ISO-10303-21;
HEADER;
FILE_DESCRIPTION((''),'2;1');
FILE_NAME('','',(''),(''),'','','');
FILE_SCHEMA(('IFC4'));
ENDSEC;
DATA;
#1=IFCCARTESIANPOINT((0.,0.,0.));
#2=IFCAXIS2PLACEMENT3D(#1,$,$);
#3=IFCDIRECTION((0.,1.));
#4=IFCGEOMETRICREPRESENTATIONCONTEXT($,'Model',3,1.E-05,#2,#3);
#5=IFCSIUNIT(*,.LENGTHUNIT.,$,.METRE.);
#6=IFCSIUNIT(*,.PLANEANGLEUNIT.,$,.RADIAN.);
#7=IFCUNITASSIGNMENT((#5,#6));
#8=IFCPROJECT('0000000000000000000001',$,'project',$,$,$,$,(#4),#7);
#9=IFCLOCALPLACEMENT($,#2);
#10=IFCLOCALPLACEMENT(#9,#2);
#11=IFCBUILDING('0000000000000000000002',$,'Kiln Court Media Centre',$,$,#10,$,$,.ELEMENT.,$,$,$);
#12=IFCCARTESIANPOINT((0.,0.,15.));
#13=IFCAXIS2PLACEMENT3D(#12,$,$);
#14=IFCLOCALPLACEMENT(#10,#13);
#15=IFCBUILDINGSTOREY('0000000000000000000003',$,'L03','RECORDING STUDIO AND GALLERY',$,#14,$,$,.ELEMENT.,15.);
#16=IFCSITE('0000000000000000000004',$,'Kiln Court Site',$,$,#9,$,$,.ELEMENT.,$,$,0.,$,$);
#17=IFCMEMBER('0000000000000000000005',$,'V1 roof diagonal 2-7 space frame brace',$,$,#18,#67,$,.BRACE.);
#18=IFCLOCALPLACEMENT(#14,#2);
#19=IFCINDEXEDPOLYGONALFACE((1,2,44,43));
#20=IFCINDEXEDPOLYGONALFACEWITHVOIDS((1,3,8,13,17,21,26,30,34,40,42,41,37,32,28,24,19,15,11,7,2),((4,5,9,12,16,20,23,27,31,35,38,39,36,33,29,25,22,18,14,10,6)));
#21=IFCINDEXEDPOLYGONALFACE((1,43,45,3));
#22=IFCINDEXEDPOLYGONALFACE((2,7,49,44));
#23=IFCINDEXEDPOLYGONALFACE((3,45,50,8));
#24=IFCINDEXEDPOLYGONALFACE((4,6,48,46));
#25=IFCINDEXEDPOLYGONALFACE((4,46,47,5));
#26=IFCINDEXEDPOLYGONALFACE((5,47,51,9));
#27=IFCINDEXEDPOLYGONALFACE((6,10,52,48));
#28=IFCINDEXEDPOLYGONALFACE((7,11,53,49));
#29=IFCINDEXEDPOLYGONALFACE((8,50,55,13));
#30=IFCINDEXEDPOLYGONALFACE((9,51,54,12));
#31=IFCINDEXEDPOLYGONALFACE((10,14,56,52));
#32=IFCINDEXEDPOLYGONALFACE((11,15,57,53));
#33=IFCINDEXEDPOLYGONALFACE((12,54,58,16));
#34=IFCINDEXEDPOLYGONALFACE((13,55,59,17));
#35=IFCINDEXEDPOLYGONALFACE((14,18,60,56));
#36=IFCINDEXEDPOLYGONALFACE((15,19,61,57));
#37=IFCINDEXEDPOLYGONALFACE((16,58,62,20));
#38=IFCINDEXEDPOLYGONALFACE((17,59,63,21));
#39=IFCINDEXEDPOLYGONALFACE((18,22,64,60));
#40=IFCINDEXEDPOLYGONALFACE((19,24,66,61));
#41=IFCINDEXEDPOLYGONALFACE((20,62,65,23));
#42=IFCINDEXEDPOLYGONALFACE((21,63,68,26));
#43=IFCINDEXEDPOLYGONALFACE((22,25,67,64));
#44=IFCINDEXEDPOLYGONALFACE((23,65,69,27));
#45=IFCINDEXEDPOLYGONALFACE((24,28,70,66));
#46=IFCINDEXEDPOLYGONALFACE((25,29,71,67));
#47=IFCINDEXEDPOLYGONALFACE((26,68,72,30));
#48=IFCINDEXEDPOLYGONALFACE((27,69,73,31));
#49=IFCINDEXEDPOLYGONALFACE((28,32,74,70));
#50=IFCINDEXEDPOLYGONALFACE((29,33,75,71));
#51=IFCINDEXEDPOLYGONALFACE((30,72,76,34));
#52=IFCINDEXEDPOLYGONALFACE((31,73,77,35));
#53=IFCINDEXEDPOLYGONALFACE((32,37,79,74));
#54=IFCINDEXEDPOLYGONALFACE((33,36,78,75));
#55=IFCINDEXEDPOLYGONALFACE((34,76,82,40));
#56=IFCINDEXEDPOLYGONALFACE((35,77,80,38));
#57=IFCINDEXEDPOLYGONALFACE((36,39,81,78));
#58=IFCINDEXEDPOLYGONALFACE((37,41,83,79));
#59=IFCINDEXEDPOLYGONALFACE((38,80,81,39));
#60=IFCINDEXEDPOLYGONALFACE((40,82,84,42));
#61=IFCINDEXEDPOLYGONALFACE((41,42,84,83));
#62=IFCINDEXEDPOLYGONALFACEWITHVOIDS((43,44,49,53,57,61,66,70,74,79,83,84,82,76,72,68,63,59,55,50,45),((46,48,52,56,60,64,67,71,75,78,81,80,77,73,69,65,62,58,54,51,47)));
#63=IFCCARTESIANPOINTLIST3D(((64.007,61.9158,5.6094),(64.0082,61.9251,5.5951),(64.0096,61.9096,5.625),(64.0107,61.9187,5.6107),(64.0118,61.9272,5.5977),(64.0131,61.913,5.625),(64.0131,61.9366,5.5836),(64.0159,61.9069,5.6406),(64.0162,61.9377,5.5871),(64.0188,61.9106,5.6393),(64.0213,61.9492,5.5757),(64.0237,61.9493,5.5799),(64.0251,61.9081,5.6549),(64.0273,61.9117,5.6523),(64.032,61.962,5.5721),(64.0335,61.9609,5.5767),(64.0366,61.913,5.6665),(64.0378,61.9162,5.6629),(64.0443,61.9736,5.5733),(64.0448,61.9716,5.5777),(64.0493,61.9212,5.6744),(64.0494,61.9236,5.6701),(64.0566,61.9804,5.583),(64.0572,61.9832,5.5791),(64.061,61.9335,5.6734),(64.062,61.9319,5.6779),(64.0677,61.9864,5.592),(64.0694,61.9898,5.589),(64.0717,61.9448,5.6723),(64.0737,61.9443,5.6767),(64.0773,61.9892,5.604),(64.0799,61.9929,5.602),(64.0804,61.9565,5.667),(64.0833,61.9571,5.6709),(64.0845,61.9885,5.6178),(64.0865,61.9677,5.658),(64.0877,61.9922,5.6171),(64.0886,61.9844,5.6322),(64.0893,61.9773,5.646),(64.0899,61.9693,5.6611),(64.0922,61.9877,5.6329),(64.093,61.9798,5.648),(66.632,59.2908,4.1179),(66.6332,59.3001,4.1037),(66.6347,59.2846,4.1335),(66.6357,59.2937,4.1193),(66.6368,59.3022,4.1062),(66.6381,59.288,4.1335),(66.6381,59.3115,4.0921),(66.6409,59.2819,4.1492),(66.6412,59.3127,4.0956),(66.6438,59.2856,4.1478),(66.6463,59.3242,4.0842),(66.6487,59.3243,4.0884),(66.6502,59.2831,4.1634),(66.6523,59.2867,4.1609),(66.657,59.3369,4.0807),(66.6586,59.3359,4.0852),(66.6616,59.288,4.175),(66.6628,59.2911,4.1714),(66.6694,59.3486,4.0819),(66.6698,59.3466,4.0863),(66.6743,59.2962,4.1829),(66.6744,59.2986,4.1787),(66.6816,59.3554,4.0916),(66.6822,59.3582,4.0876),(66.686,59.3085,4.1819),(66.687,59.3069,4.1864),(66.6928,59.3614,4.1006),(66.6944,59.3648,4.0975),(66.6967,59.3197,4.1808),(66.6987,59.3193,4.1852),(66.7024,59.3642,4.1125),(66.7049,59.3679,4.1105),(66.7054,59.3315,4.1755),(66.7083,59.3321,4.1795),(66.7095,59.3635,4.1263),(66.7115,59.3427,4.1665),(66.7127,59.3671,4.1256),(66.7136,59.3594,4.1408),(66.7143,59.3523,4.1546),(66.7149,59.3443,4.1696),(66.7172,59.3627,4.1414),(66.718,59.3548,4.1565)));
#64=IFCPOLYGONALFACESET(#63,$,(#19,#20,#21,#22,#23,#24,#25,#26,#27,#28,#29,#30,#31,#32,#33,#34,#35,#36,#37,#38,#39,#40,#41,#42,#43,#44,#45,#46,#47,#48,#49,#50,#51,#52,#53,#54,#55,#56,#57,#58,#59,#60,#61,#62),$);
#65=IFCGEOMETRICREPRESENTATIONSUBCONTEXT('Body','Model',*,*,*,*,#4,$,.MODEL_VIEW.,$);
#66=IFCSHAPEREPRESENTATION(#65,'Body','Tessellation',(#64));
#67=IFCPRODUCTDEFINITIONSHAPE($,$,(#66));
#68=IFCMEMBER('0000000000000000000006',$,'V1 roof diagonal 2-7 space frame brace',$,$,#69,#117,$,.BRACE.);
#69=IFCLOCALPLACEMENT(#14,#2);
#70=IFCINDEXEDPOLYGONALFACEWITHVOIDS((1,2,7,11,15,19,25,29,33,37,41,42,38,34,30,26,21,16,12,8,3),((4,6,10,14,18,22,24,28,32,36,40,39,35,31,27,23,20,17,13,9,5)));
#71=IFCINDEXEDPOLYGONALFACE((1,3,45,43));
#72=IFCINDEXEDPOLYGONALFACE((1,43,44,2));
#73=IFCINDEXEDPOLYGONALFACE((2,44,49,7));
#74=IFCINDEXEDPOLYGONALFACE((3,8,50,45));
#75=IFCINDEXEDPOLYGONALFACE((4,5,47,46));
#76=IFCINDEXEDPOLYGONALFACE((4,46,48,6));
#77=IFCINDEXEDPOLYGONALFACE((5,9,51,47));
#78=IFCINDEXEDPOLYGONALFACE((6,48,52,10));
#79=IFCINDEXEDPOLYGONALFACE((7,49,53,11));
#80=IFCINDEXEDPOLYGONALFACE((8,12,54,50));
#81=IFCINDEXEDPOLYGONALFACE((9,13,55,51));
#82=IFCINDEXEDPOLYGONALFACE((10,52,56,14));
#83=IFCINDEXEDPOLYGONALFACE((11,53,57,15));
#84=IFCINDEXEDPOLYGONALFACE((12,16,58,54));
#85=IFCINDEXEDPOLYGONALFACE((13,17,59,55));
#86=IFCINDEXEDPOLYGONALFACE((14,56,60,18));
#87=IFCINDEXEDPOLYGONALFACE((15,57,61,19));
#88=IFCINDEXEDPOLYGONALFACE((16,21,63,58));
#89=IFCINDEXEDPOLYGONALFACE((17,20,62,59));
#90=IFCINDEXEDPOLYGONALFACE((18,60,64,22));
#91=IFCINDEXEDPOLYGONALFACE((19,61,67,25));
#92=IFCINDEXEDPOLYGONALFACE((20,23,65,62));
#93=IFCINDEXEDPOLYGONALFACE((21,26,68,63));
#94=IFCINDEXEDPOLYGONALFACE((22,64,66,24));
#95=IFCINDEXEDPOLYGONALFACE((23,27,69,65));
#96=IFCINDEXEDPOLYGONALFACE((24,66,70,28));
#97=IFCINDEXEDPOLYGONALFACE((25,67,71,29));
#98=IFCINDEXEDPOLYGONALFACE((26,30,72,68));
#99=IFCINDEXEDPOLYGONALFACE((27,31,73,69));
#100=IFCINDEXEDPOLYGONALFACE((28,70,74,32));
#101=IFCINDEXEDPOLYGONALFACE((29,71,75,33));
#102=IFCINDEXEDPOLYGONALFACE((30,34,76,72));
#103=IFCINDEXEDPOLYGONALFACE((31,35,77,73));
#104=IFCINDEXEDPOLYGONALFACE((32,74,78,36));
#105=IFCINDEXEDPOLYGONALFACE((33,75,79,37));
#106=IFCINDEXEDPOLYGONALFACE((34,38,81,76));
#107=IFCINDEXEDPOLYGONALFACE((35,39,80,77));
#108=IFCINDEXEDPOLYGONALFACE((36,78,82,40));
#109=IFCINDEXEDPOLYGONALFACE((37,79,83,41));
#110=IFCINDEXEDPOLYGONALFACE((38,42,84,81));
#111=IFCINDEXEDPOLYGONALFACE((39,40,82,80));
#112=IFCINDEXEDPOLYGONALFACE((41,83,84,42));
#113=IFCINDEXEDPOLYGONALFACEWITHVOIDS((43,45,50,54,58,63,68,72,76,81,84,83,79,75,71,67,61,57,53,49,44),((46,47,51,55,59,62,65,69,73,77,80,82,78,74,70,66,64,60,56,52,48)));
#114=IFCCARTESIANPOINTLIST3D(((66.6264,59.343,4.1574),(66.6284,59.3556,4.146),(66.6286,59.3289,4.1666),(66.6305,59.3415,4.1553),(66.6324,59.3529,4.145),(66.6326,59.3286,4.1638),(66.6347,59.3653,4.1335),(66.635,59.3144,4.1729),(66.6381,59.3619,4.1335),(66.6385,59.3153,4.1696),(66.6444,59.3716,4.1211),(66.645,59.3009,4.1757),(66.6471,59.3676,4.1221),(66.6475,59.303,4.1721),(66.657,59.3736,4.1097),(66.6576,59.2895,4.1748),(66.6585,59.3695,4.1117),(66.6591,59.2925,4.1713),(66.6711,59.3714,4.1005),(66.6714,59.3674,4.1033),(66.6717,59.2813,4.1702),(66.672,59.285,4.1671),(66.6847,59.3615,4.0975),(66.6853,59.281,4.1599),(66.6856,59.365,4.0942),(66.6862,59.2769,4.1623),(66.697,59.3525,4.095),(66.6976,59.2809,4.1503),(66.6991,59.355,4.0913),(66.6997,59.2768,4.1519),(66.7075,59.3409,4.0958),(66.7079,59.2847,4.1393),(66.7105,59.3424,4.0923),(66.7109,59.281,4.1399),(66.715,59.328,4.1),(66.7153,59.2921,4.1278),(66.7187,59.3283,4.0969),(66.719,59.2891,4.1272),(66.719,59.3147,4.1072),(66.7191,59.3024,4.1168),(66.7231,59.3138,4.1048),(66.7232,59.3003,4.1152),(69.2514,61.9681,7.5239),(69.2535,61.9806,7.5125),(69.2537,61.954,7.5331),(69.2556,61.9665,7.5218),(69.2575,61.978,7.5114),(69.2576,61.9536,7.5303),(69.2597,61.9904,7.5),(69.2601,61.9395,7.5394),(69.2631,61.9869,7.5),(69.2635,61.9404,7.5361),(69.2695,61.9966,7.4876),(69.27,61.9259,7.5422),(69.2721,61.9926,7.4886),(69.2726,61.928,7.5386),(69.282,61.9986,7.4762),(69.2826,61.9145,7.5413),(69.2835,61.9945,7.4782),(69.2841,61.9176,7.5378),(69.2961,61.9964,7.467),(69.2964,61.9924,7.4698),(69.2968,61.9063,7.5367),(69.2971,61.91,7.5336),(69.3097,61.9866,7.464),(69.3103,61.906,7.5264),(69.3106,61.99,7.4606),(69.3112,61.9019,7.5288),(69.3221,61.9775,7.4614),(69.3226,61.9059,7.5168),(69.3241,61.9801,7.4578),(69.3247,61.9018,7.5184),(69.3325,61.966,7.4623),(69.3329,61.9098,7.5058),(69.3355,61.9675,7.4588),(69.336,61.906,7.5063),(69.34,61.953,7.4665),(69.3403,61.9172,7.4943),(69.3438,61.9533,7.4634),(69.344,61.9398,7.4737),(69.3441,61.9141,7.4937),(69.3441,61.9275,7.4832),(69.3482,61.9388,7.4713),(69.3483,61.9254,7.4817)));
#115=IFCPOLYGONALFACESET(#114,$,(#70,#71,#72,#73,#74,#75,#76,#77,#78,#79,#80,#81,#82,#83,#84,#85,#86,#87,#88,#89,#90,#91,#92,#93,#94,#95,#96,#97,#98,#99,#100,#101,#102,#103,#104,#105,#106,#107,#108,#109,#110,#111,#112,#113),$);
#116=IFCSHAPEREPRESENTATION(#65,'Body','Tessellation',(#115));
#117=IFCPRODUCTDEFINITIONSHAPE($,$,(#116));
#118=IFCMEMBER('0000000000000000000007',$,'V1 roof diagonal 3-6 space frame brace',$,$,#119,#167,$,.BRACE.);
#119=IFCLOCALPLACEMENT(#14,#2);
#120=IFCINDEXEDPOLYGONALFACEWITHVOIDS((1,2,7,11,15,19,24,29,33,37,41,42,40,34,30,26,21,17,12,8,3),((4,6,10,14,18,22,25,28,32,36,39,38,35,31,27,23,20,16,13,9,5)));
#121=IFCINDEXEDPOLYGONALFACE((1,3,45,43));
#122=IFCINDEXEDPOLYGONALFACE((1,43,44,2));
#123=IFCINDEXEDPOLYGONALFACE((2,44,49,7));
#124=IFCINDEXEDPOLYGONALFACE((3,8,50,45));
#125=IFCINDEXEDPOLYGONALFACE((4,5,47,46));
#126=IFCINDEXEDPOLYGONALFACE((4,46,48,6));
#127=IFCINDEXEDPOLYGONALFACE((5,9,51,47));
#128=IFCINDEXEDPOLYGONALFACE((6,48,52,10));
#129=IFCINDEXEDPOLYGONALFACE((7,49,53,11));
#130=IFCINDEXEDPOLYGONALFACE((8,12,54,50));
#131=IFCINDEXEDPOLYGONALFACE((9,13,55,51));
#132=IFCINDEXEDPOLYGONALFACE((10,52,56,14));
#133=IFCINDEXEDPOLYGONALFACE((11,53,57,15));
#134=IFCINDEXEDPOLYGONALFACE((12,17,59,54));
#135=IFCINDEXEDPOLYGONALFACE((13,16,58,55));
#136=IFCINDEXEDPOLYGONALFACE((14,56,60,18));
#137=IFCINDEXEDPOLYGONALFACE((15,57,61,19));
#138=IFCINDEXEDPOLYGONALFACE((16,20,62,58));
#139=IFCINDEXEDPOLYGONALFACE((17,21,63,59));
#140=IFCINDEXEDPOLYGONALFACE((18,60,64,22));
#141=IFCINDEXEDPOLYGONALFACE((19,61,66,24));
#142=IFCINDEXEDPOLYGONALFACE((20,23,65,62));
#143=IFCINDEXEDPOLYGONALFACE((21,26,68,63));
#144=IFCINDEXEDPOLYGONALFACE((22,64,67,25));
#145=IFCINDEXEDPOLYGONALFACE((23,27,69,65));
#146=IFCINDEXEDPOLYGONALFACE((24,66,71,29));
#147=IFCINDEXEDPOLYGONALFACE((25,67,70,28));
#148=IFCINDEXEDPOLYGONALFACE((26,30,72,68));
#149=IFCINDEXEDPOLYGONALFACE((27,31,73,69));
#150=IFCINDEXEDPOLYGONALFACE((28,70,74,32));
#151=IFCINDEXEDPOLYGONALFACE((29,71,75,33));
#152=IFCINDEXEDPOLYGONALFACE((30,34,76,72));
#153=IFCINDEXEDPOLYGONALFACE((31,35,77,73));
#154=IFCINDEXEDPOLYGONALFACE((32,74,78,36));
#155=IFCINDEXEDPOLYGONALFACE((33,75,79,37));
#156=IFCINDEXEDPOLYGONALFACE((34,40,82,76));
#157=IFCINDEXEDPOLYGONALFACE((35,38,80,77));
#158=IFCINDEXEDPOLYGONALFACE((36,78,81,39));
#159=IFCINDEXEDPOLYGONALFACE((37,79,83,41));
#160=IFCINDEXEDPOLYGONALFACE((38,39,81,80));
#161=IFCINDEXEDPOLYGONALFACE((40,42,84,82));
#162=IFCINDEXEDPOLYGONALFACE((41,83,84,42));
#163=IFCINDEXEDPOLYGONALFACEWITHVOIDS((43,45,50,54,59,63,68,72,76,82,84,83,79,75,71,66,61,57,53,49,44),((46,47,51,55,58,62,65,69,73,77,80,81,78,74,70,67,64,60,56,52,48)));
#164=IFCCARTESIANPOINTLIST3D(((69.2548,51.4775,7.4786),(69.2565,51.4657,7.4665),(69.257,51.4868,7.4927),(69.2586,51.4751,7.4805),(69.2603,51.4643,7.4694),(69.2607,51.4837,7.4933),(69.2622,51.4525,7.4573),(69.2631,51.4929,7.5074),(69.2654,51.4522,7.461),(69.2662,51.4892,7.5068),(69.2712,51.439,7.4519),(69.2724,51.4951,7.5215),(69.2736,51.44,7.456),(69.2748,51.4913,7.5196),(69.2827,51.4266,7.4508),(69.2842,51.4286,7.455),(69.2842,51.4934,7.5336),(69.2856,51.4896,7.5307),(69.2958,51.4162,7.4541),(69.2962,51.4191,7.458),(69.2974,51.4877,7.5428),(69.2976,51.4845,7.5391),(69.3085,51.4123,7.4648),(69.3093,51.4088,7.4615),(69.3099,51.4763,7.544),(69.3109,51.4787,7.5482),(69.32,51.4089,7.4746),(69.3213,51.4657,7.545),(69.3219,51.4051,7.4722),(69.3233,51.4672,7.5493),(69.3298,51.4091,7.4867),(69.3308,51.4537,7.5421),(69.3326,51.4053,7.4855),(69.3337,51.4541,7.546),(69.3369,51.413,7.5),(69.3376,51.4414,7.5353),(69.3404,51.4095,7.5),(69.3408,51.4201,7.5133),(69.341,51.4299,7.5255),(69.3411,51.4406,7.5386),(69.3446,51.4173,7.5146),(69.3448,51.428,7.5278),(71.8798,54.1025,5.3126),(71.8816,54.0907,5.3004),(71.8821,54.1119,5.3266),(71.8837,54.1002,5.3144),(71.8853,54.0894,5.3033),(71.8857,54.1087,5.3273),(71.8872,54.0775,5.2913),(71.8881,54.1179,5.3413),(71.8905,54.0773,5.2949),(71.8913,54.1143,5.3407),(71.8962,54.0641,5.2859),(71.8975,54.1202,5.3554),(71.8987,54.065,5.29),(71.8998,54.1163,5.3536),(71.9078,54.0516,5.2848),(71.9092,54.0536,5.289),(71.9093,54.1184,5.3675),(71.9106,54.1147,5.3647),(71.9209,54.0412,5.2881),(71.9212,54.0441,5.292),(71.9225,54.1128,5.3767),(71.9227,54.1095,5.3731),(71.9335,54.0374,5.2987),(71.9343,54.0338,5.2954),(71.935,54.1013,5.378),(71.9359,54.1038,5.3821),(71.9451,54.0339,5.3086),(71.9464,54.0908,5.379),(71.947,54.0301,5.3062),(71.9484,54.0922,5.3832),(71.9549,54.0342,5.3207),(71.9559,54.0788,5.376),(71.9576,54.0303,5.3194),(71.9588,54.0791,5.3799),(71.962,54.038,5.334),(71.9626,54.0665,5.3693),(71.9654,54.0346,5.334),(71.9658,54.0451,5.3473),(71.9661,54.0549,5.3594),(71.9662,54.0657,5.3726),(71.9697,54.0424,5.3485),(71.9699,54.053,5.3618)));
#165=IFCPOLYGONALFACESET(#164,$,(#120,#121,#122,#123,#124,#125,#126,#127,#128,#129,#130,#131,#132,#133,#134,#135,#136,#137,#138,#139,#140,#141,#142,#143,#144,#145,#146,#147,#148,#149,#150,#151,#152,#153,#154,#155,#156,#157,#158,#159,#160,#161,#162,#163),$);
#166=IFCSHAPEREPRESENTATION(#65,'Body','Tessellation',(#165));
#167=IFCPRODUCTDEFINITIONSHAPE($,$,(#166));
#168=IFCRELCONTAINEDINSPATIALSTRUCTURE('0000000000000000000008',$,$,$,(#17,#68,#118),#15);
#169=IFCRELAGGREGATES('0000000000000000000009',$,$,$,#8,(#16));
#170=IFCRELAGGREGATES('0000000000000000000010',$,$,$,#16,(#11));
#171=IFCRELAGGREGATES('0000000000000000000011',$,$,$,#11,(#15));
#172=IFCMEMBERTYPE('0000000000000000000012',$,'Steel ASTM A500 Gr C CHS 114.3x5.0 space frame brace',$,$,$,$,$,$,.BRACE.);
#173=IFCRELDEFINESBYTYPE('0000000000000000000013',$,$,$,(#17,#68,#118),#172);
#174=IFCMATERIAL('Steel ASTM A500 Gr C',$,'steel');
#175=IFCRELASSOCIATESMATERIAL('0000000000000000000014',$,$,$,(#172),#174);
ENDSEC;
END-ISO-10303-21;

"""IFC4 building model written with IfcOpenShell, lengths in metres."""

from ifc_helpers import new_model, si_unit, direction, frame, origin, origin_2d, place, context, subcontext, project, spatial, hollow_circle, extrude, material, material_profile, profile_set, type_object, element, save


model = new_model("IFC4")

# Units and contexts
model_context = context("Model", 3, precision=1e-05, world=origin(), true_north=direction((0.0, 1.0)))
body_context = subcontext(model_context, "Body", "Model", "MODEL_VIEW")
ifc_project = project(units=[si_unit("LENGTHUNIT", "METRE"), si_unit("PLANEANGLEUNIT", "RADIAN")], contexts=[model_context])

# Site, building, storey
site_placement = place(None, origin())
site = spatial("IfcSite", under=ifc_project, at=site_placement, Name="Kiln Court Site", CompositionType="ELEMENT", RefElevation=0.0)
building_placement = place(site_placement, origin())
building = spatial("IfcBuilding", under=site, at=building_placement, Name="Kiln Court Media Centre", CompositionType="ELEMENT")
storey_placement = place(building_placement, frame((0.0, 0.0, 15.0)))
storey = spatial("IfcBuildingStorey", under=building, at=storey_placement, Name="L03", Description="RECORDING STUDIO AND GALLERY", CompositionType="ELEMENT", Elevation=15.0)

# Members
ifc_material_1 = material(Name="Steel ASTM A500 Gr C", Category="steel")
ifc_material_profile_1 = material_profile(ifc_material_1, hollow_circle(Radius=0.0571, WallThickness=0.0049, at=origin_2d()), Name="CHS 114.3x5.0")
ifc_profile_set_1 = profile_set([ifc_material_profile_1], Name="Steel ASTM A500 Gr C")
member_type_1 = type_object("IfcMemberType", Name="Steel ASTM A500 Gr C CHS 114.3x5.0 space frame brace", PredefinedType="BRACE", material=ifc_profile_set_1)
member_1_placement = place(storey_placement, frame((66.675, 59.325, 4.1335), z_axis=(-0.656133, 0.656133, 0.372798), x_axis=(-0.707107, -0.707107, 0.0)))
element("IfcMember", 1, at=member_1_placement, inside=storey, type_object=member_type_1, Name="V1 roof diagonal 2-7 space frame brace", PredefinedType="BRACE", context=body_context, shape_type="SweptSolid", body=[
    extrude(hollow_circle(Radius=0.0571, WallThickness=0.0049, at=origin_2d()), origin(), (0.0, 0.0, 1.0), 4.0007),
])
member_2_placement = place(storey_placement, frame((66.675, 59.325, 4.1335), z_axis=(0.523804, 0.523804, 0.671758), x_axis=(-0.707107, 0.707107, 0.0)))
element("IfcMember", 2, at=member_2_placement, inside=storey, type_object=member_type_1, Name="V1 roof diagonal 2-7 space frame brace", PredefinedType="BRACE", context=body_context, shape_type="SweptSolid", body=[
    extrude(hollow_circle(Radius=0.0571, WallThickness=0.0049, at=origin_2d()), origin(), (0.0, 0.0, 1.0), 5.0115),
])
member_3_placement = place(storey_placement, frame((71.925, 54.075, 5.334), z_axis=(-0.610748, -0.610748, 0.503958), x_axis=(0.707107, -0.707107, 0.0)))
element("IfcMember", 3, at=member_3_placement, inside=storey, type_object=member_type_1, Name="V1 roof diagonal 3-6 space frame brace", PredefinedType="BRACE", context=body_context, shape_type="SweptSolid", body=[
    extrude(hollow_circle(Radius=0.0571, WallThickness=0.0049, at=origin_2d()), origin(), (0.0, 0.0, 1.0), 4.2981),
])

save(model, "model.ifc")
